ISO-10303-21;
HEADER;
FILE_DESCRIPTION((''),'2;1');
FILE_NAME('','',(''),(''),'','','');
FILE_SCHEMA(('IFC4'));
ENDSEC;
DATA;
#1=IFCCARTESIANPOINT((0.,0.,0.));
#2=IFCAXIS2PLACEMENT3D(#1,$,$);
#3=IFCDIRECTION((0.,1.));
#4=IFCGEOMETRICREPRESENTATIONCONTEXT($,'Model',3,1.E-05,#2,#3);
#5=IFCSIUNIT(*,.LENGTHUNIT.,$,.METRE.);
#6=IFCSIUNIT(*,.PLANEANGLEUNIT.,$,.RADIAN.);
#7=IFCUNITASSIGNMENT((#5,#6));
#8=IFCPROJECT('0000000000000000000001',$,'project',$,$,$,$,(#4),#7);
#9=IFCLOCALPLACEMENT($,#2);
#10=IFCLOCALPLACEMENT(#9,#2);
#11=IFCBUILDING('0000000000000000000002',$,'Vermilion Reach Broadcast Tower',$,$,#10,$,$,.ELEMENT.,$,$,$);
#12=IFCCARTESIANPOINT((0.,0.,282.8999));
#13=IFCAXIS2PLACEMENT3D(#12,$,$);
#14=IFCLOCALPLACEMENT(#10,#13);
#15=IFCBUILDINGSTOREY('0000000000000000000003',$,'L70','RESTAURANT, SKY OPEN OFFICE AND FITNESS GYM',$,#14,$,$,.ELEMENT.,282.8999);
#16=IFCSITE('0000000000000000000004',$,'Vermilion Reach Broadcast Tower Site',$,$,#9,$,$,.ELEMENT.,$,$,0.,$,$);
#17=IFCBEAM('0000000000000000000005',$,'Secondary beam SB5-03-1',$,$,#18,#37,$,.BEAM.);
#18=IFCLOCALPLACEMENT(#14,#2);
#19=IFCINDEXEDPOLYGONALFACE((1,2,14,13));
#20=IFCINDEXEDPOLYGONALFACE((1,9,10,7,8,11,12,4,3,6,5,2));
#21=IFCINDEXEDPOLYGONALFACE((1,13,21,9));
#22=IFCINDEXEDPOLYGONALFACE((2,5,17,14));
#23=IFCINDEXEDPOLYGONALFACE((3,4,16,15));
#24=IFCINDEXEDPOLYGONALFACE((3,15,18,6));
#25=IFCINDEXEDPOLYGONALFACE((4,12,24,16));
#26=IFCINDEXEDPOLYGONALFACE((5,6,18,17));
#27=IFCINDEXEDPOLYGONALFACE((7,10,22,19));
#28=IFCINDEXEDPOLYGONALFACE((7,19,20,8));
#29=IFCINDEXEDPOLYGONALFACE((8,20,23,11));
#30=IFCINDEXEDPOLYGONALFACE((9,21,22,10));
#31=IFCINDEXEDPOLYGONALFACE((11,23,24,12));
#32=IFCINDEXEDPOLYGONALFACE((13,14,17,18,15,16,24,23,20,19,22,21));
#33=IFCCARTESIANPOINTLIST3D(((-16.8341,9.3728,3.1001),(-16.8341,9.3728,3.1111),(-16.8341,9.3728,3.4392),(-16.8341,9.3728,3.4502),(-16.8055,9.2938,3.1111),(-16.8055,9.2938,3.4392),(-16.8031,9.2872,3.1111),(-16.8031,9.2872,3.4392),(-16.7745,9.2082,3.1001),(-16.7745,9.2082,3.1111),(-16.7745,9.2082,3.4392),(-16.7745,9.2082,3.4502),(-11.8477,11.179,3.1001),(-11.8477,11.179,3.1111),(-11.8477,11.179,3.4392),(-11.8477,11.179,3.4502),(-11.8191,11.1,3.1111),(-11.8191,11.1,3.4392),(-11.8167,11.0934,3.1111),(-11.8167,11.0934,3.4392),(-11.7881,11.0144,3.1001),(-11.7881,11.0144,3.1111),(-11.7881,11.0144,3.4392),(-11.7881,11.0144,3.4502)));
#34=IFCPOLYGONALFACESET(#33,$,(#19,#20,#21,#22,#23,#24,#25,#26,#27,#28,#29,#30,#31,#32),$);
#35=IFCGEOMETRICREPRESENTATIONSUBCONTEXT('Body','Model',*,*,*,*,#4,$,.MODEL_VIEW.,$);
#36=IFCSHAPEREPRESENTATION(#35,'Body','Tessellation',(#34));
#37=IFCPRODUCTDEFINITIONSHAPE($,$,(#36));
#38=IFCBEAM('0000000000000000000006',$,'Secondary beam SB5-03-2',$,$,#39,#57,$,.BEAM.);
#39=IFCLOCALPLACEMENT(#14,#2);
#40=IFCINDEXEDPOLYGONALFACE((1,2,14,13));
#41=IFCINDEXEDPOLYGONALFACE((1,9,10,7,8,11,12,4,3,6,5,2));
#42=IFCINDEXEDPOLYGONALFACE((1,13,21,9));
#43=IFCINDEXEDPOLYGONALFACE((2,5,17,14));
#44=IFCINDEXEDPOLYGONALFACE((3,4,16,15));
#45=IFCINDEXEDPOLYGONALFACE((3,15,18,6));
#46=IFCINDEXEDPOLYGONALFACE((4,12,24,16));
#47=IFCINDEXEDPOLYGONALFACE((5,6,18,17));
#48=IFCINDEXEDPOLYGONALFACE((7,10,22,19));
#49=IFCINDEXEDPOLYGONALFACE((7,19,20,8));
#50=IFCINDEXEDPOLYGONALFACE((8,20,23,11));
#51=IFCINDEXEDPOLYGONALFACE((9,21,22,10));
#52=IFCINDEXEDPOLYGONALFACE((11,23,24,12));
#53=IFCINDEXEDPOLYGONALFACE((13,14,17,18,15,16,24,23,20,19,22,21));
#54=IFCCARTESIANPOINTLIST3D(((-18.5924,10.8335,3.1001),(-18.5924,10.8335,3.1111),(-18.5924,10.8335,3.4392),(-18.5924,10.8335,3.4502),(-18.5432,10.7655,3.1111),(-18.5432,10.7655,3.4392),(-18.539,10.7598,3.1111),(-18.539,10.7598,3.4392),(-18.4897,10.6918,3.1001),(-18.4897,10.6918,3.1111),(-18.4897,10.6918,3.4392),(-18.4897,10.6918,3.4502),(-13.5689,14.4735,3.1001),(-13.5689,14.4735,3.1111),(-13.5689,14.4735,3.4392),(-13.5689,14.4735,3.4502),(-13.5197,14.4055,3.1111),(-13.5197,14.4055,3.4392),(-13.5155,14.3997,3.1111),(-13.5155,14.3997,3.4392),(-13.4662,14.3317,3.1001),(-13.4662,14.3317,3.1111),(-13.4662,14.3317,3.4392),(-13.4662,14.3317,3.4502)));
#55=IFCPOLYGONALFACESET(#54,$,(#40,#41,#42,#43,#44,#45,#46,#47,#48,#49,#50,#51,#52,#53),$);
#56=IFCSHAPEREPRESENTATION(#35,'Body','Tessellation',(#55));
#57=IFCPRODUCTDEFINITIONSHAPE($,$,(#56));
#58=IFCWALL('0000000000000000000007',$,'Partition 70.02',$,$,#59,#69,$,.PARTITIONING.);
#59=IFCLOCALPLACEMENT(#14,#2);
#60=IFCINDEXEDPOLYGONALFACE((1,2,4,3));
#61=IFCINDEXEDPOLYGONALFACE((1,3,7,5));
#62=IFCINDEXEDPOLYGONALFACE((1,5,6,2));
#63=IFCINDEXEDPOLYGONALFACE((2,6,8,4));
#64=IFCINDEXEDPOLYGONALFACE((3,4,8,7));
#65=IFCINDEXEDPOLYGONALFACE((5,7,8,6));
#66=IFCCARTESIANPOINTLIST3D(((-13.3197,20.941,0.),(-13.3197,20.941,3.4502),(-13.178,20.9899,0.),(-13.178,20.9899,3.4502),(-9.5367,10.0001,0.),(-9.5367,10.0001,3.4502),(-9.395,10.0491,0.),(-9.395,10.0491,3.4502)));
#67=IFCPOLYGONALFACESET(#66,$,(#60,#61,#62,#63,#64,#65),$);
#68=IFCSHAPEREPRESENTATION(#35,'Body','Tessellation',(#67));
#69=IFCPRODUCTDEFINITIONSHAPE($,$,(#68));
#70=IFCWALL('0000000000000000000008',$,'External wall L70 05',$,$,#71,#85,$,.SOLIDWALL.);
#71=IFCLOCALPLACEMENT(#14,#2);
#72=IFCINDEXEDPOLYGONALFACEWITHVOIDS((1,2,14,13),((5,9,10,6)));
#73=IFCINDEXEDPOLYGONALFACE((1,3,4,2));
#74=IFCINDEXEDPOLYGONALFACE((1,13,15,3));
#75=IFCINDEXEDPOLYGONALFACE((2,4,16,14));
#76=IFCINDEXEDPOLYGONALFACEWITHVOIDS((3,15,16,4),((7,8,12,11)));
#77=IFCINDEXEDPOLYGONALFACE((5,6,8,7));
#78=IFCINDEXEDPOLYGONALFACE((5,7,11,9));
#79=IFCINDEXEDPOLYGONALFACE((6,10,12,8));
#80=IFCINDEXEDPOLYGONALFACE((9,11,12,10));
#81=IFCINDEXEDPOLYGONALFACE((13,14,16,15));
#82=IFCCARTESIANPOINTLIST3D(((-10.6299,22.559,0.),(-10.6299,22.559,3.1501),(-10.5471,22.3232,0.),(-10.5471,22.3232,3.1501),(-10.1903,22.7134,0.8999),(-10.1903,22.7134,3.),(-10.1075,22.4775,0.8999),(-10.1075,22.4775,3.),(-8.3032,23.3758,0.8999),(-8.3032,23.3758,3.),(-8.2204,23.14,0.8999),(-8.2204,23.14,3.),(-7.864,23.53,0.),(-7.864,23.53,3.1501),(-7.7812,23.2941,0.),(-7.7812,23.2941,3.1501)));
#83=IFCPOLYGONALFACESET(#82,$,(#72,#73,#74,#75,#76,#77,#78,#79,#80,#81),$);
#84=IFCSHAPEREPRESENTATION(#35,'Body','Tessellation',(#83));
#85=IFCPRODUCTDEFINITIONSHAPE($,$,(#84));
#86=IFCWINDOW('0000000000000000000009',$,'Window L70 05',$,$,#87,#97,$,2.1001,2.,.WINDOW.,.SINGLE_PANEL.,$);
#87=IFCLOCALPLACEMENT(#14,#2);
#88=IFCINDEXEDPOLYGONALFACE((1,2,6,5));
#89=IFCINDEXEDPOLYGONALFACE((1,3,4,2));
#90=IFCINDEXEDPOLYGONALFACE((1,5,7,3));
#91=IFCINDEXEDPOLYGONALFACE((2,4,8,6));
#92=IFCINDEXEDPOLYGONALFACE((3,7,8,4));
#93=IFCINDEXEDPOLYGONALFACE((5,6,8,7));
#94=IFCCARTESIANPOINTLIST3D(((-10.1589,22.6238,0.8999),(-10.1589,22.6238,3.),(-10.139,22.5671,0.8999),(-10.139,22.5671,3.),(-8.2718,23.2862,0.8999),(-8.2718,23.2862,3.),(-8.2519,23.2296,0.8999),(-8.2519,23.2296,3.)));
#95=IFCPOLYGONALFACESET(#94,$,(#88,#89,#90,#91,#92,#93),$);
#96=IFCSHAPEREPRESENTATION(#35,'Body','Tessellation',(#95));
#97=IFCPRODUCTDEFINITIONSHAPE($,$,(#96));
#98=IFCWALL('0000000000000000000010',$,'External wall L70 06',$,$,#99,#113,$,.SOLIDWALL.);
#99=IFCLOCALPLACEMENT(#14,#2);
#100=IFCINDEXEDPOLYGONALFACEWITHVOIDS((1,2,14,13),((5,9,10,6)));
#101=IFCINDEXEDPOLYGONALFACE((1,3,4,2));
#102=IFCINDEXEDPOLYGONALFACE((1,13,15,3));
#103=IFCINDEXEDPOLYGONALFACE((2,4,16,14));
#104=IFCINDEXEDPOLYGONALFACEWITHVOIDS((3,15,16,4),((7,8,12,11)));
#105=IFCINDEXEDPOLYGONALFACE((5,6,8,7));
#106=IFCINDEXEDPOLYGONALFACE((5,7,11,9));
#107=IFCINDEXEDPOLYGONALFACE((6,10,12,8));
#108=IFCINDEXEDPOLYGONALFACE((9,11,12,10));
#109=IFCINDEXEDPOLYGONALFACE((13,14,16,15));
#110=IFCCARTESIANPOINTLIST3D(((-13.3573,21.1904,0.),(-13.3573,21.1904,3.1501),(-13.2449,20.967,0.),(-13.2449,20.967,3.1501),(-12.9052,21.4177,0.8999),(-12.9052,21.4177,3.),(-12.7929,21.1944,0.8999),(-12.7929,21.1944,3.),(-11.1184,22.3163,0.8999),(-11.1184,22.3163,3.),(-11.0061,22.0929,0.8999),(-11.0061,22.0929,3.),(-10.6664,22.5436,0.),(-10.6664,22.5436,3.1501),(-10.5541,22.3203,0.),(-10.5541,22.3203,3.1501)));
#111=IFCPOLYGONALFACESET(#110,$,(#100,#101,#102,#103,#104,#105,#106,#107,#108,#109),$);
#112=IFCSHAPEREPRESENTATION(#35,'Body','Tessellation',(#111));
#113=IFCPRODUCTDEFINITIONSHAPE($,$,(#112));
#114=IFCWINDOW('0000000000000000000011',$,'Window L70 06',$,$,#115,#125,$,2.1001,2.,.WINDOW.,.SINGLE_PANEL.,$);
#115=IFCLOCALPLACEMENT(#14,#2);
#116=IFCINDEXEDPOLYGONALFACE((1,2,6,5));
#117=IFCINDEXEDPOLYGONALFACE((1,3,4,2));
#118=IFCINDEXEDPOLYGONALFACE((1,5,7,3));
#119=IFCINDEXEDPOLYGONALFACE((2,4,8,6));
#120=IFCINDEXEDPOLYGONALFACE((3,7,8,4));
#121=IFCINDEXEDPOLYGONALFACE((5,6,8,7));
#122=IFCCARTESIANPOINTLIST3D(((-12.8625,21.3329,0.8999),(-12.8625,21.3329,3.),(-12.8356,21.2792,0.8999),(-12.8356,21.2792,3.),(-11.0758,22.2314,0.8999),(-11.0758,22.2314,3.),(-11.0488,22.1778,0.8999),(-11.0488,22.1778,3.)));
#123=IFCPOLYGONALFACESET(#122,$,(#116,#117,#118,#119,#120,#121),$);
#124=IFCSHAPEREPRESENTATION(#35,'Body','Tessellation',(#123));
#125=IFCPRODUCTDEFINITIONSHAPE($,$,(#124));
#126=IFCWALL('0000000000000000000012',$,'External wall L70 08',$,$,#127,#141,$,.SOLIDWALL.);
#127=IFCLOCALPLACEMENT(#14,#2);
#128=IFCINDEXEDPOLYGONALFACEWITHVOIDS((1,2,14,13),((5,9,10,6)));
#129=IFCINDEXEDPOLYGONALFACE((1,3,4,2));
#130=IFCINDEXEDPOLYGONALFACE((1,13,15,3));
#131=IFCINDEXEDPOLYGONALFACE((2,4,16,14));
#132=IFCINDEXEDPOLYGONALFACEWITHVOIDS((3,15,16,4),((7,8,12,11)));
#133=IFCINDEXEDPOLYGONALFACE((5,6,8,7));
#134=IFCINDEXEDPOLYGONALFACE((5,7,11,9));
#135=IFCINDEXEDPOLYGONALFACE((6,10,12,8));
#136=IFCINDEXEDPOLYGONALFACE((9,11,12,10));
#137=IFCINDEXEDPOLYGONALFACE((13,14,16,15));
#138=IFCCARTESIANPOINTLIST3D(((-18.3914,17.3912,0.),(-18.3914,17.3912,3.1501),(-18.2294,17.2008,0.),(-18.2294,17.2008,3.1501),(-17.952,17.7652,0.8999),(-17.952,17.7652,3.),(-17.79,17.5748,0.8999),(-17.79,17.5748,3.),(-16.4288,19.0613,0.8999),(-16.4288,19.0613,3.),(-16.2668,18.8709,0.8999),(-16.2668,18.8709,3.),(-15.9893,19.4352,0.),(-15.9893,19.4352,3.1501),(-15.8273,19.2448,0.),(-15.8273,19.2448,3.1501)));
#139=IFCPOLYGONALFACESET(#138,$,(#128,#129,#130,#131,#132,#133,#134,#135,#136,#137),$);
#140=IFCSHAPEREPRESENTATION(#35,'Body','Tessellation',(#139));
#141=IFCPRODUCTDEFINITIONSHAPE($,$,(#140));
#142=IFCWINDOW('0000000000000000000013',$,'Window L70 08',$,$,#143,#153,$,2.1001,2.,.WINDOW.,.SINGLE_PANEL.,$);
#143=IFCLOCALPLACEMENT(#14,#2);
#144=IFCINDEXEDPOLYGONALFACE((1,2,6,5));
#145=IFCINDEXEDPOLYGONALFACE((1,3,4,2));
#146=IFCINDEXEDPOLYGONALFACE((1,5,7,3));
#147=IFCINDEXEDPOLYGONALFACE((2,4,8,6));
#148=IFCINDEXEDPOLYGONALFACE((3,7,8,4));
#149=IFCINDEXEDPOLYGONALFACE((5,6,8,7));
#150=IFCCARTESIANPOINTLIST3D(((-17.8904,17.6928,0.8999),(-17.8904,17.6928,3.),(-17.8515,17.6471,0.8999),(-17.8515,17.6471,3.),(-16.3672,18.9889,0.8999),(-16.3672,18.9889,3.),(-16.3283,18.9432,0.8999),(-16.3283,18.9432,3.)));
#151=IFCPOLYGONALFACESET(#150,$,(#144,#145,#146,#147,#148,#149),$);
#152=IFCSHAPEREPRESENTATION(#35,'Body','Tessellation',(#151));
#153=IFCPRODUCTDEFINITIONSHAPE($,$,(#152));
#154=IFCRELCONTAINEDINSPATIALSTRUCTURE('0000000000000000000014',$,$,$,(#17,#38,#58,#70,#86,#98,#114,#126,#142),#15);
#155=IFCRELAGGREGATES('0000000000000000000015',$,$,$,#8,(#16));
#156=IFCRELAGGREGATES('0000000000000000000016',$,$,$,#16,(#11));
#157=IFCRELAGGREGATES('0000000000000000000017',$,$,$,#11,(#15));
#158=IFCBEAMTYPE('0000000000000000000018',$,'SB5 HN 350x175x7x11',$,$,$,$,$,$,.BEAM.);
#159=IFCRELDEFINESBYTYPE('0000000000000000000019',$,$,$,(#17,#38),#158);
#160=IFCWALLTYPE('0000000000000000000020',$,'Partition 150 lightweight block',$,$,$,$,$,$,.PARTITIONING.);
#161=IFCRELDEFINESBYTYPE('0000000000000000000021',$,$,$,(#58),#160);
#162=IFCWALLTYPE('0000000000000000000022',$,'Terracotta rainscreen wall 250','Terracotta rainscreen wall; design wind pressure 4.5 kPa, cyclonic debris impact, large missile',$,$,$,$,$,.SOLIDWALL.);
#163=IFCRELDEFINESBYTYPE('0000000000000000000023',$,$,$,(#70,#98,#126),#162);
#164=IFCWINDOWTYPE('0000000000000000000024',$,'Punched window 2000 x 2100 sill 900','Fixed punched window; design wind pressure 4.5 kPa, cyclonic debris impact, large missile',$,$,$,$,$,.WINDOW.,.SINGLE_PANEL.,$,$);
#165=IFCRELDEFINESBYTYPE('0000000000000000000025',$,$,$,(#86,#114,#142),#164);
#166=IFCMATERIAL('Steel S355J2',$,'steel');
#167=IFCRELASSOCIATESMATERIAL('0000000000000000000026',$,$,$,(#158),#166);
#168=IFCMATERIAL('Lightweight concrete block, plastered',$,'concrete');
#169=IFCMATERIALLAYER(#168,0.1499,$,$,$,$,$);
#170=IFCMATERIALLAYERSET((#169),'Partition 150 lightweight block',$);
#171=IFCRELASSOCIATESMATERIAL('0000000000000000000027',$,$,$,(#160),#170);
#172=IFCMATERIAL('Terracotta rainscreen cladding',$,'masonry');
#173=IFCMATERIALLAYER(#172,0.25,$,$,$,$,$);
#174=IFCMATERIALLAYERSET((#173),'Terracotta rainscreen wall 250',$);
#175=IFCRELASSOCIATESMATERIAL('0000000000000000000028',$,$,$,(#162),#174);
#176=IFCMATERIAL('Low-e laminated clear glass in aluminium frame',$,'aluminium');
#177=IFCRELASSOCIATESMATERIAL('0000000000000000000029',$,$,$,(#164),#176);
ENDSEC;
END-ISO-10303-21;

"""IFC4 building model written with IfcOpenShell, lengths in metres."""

from ifc_helpers import new_model, si_unit, direction, frame, frame_2d, origin, origin_2d, place, context, subcontext, project, spatial, rectangle, i_section, extrude, material, layer, layer_set, material_profile, profile_set, type_object, element, fill, save


model = new_model("IFC4")

# Units and contexts
model_context = context("Model", 3, precision=1e-05, world=origin(), true_north=direction((0.0, 1.0)))
body_context = subcontext(model_context, "Body", "Model", "MODEL_VIEW")
ifc_project = project(units=[si_unit("LENGTHUNIT", "METRE"), si_unit("PLANEANGLEUNIT", "RADIAN")], contexts=[model_context])

# Site, building, storey
site_placement = place(None, origin())
site = spatial("IfcSite", under=ifc_project, at=site_placement, Name="Vermilion Reach Broadcast Tower Site", CompositionType="ELEMENT", RefElevation=0.0)
building_placement = place(site_placement, origin())
building = spatial("IfcBuilding", under=site, at=building_placement, Name="Vermilion Reach Broadcast Tower", CompositionType="ELEMENT")
storey_placement = place(building_placement, frame((0.0, 0.0, 282.8999)))
storey = spatial("IfcBuildingStorey", under=building, at=storey_placement, Name="L70", Description="RESTAURANT, SKY OPEN OFFICE AND FITNESS GYM", CompositionType="ELEMENT", Elevation=282.8999)

# Beams
ifc_material_1 = material(Name="Steel S355J2", Category="steel")
ifc_material_profile_1 = material_profile(ifc_material_1, i_section(OverallWidth=0.175, OverallDepth=0.3501, WebThickness=0.0071, FlangeThickness=0.011, at=origin_2d()), Name="S355J2 HN 350x175x7x11")
ifc_profile_set_1 = profile_set([ifc_material_profile_1], Name="Steel S355J2")
beam_type_1 = type_object("IfcBeamType", Name="SB5 HN 350x175x7x11", PredefinedType="BEAM", material=ifc_profile_set_1)
beam_1_placement = place(storey_placement, frame((-11.8179, 11.0967, 3.2751), z_axis=(-0.94022, -0.340567, 0.0), x_axis=(0.340567, -0.94022, 0.0)))
element("IfcBeam", 1, at=beam_1_placement, inside=storey, type_object=beam_type_1, Name="Secondary beam SB5-03-1", PredefinedType="BEAM", context=body_context, shape_type="SweptSolid", body=[
    extrude(i_section(OverallWidth=0.175, OverallDepth=0.3501, WebThickness=0.0071, FlangeThickness=0.011, at=origin_2d()), origin(), (0.0, 0.0, 1.0), 5.3035),
])
beam_2_placement = place(storey_placement, frame((-13.5176, 14.4026, 3.2751), z_axis=(-0.809771, -0.586746, 0.0), x_axis=(0.586746, -0.809771, 0.0)))
element("IfcBeam", 2, at=beam_2_placement, inside=storey, type_object=beam_type_1, Name="Secondary beam SB5-03-2", PredefinedType="BEAM", context=body_context, shape_type="SweptSolid", body=[
    extrude(i_section(OverallWidth=0.175, OverallDepth=0.3501, WebThickness=0.0071, FlangeThickness=0.011, at=origin_2d()), origin(), (0.0, 0.0, 1.0), 6.2036),
])

# Wall
ifc_material_2 = material(Name="Lightweight concrete block, plastered", Category="concrete")
ifc_layer_1 = layer(ifc_material_2, 0.1499)
ifc_layer_set_1 = layer_set([ifc_layer_1], Name="Partition 150 lightweight block")
wall_type_1 = type_object("IfcWallType", Name="Partition 150 lightweight block", PredefinedType="PARTITIONING", material=ifc_layer_set_1)
wall_1_placement = place(storey_placement, frame((-13.2488, 20.9653, 0.0), z_axis=(0.0, 0.0, 1.0), x_axis=(0.32678, -0.9451, 0.0)))
element("IfcWall", 3, at=wall_1_placement, inside=storey, type_object=wall_type_1, Name="Partition 70.02", PredefinedType="PARTITIONING", context=body_context, shape_type="SweptSolid", body=[
    extrude(rectangle(XDim=11.5764, YDim=0.1499, at=frame_2d((5.7881, 0.0))), origin(), (0.0, 0.0, 1.0), 3.4502),
])

# Walls, openings, windows
ifc_material_3 = material(Name="Terracotta rainscreen cladding", Category="masonry")
ifc_layer_2 = layer(ifc_material_3, 0.25)
ifc_layer_set_2 = layer_set([ifc_layer_2], Name="Terracotta rainscreen wall 250")
wall_type_2 = type_object("IfcWallType", Name="Terracotta rainscreen wall 250", Description="Terracotta rainscreen wall; design wind pressure 4.5 kPa, cyclonic debris impact, large missile", PredefinedType="SOLIDWALL", material=ifc_layer_set_2)
wall_2_placement = place(storey_placement, frame((-7.8225, 23.4121, 0.0), z_axis=(0.0, 0.0, 1.0), x_axis=(-0.94355, -0.33123, 0.0)))
wall_2 = element("IfcWall", 4, at=wall_2_placement, inside=storey, type_object=wall_type_2, Name="External wall L70 05", PredefinedType="SOLIDWALL", context=body_context, shape_type="SweptSolid", body=[
    extrude(rectangle(XDim=2.9314, YDim=0.25, at=frame_2d((1.4658, 0.0))), origin(), (0.0, 0.0, 1.0), 3.1501),
])
opening_1_placement = place(wall_2_placement, frame((0.4656, 0.0, 0.8999)))
opening_1 = element("IfcOpeningElement", 5, at=opening_1_placement, cuts=wall_2, PredefinedType="OPENING", context=body_context, shape_type="SweptSolid", body=[
    extrude(rectangle(XDim=2.0, YDim=2.1001, at=frame_2d((1.0, 1.05))), frame((0.0, 0.135, 0.0), z_axis=(0.0, -1.0, 0.0), x_axis=(1.0, 0.0, 0.0)), (0.0, 0.0, 1.0), 0.27),
])
ifc_material_4 = material(Name="Low-e laminated clear glass in aluminium frame", Category="aluminium")
window_type = type_object("IfcWindowType", Name="Punched window 2000 x 2100 sill 900", Description="Fixed punched window; design wind pressure 4.5 kPa, cyclonic debris impact, large missile", PartitioningType="SINGLE_PANEL", PredefinedType="WINDOW", material=ifc_material_4)
window_1_placement = place(opening_1_placement, origin())
window_1 = element("IfcWindow", 6, at=window_1_placement, inside=storey, type_object=window_type, Name="Window L70 05", OverallHeight=2.1001, OverallWidth=2.0, PartitioningType="SINGLE_PANEL", PredefinedType="WINDOW", context=body_context, shape_type="SweptSolid", body=[
    extrude(rectangle(XDim=2.0, YDim=2.1001, at=frame_2d((1.0, 1.05))), frame((0.0, 0.03, 0.0), z_axis=(0.0, -1.0, 0.0), x_axis=(1.0, 0.0, 0.0)), (0.0, 0.0, 1.0), 0.0601),
])
fill(opening_1, window_1)
wall_3_placement = place(storey_placement, frame((-10.6104, 22.4319, 0.0), z_axis=(0.0, 0.0, 1.0), x_axis=(-0.893387, -0.449287, 0.0)))
wall_3 = element("IfcWall", 7, at=wall_3_placement, inside=storey, type_object=wall_type_2, Name="External wall L70 06", PredefinedType="SOLIDWALL", context=body_context, shape_type="SweptSolid", body=[
    extrude(rectangle(XDim=3.012, YDim=0.25, at=frame_2d((1.5059, 0.0))), origin(), (0.0, 0.0, 1.0), 3.1501),
])
opening_2_placement = place(wall_3_placement, frame((0.5059, 0.0, 0.8999)))
opening_2 = element("IfcOpeningElement", 8, at=opening_2_placement, cuts=wall_3, PredefinedType="OPENING", context=body_context, shape_type="SweptSolid", body=[
    extrude(rectangle(XDim=2.0, YDim=2.1001, at=frame_2d((1.0, 1.05))), frame((0.0, 0.135, 0.0), z_axis=(0.0, -1.0, 0.0), x_axis=(1.0, 0.0, 0.0)), (0.0, 0.0, 1.0), 0.27),
])
window_2_placement = place(opening_2_placement, origin())
window_2 = element("IfcWindow", 9, at=window_2_placement, inside=storey, type_object=window_type, Name="Window L70 06", OverallHeight=2.1001, OverallWidth=2.0, PartitioningType="SINGLE_PANEL", PredefinedType="WINDOW", context=body_context, shape_type="SweptSolid", body=[
    extrude(rectangle(XDim=2.0, YDim=2.1001, at=frame_2d((1.0, 1.05))), frame((0.0, 0.03, 0.0), z_axis=(0.0, -1.0, 0.0), x_axis=(1.0, 0.0, 0.0)), (0.0, 0.0, 1.0), 0.0601),
])
fill(opening_2, window_2)

# Wall, opening, window
wall_4_placement = place(storey_placement, frame((-15.9082, 19.3401, 0.0), z_axis=(0.0, 0.0, 1.0), x_axis=(-0.761601, -0.648046, 0.0)))
wall_4 = element("IfcWall", 10, at=wall_4_placement, inside=storey, type_object=wall_type_2, Name="External wall L70 08", PredefinedType="SOLIDWALL", context=body_context, shape_type="SweptSolid", body=[
    extrude(rectangle(XDim=3.1541, YDim=0.25, at=frame_2d((1.5771, 0.0))), origin(), (0.0, 0.0, 1.0), 3.1501),
])
opening_3_placement = place(wall_4_placement, frame((0.5771, 0.0, 0.8999)))
opening_3 = element("IfcOpeningElement", 11, at=opening_3_placement, cuts=wall_4, PredefinedType="OPENING", context=body_context, shape_type="SweptSolid", body=[
    extrude(rectangle(XDim=2.0, YDim=2.1001, at=frame_2d((1.0, 1.05))), frame((0.0, 0.135, 0.0), z_axis=(0.0, -1.0, 0.0), x_axis=(1.0, 0.0, 0.0)), (0.0, 0.0, 1.0), 0.27),
])
window_3_placement = place(opening_3_placement, origin())
window_3 = element("IfcWindow", 12, at=window_3_placement, inside=storey, type_object=window_type, Name="Window L70 08", OverallHeight=2.1001, OverallWidth=2.0, PartitioningType="SINGLE_PANEL", PredefinedType="WINDOW", context=body_context, shape_type="SweptSolid", body=[
    extrude(rectangle(XDim=2.0, YDim=2.1001, at=frame_2d((1.0, 1.05))), frame((0.0, 0.03, 0.0), z_axis=(0.0, -1.0, 0.0), x_axis=(1.0, 0.0, 0.0)), (0.0, 0.0, 1.0), 0.0601),
])
fill(opening_3, window_3)

save(model, "model.ifc")
